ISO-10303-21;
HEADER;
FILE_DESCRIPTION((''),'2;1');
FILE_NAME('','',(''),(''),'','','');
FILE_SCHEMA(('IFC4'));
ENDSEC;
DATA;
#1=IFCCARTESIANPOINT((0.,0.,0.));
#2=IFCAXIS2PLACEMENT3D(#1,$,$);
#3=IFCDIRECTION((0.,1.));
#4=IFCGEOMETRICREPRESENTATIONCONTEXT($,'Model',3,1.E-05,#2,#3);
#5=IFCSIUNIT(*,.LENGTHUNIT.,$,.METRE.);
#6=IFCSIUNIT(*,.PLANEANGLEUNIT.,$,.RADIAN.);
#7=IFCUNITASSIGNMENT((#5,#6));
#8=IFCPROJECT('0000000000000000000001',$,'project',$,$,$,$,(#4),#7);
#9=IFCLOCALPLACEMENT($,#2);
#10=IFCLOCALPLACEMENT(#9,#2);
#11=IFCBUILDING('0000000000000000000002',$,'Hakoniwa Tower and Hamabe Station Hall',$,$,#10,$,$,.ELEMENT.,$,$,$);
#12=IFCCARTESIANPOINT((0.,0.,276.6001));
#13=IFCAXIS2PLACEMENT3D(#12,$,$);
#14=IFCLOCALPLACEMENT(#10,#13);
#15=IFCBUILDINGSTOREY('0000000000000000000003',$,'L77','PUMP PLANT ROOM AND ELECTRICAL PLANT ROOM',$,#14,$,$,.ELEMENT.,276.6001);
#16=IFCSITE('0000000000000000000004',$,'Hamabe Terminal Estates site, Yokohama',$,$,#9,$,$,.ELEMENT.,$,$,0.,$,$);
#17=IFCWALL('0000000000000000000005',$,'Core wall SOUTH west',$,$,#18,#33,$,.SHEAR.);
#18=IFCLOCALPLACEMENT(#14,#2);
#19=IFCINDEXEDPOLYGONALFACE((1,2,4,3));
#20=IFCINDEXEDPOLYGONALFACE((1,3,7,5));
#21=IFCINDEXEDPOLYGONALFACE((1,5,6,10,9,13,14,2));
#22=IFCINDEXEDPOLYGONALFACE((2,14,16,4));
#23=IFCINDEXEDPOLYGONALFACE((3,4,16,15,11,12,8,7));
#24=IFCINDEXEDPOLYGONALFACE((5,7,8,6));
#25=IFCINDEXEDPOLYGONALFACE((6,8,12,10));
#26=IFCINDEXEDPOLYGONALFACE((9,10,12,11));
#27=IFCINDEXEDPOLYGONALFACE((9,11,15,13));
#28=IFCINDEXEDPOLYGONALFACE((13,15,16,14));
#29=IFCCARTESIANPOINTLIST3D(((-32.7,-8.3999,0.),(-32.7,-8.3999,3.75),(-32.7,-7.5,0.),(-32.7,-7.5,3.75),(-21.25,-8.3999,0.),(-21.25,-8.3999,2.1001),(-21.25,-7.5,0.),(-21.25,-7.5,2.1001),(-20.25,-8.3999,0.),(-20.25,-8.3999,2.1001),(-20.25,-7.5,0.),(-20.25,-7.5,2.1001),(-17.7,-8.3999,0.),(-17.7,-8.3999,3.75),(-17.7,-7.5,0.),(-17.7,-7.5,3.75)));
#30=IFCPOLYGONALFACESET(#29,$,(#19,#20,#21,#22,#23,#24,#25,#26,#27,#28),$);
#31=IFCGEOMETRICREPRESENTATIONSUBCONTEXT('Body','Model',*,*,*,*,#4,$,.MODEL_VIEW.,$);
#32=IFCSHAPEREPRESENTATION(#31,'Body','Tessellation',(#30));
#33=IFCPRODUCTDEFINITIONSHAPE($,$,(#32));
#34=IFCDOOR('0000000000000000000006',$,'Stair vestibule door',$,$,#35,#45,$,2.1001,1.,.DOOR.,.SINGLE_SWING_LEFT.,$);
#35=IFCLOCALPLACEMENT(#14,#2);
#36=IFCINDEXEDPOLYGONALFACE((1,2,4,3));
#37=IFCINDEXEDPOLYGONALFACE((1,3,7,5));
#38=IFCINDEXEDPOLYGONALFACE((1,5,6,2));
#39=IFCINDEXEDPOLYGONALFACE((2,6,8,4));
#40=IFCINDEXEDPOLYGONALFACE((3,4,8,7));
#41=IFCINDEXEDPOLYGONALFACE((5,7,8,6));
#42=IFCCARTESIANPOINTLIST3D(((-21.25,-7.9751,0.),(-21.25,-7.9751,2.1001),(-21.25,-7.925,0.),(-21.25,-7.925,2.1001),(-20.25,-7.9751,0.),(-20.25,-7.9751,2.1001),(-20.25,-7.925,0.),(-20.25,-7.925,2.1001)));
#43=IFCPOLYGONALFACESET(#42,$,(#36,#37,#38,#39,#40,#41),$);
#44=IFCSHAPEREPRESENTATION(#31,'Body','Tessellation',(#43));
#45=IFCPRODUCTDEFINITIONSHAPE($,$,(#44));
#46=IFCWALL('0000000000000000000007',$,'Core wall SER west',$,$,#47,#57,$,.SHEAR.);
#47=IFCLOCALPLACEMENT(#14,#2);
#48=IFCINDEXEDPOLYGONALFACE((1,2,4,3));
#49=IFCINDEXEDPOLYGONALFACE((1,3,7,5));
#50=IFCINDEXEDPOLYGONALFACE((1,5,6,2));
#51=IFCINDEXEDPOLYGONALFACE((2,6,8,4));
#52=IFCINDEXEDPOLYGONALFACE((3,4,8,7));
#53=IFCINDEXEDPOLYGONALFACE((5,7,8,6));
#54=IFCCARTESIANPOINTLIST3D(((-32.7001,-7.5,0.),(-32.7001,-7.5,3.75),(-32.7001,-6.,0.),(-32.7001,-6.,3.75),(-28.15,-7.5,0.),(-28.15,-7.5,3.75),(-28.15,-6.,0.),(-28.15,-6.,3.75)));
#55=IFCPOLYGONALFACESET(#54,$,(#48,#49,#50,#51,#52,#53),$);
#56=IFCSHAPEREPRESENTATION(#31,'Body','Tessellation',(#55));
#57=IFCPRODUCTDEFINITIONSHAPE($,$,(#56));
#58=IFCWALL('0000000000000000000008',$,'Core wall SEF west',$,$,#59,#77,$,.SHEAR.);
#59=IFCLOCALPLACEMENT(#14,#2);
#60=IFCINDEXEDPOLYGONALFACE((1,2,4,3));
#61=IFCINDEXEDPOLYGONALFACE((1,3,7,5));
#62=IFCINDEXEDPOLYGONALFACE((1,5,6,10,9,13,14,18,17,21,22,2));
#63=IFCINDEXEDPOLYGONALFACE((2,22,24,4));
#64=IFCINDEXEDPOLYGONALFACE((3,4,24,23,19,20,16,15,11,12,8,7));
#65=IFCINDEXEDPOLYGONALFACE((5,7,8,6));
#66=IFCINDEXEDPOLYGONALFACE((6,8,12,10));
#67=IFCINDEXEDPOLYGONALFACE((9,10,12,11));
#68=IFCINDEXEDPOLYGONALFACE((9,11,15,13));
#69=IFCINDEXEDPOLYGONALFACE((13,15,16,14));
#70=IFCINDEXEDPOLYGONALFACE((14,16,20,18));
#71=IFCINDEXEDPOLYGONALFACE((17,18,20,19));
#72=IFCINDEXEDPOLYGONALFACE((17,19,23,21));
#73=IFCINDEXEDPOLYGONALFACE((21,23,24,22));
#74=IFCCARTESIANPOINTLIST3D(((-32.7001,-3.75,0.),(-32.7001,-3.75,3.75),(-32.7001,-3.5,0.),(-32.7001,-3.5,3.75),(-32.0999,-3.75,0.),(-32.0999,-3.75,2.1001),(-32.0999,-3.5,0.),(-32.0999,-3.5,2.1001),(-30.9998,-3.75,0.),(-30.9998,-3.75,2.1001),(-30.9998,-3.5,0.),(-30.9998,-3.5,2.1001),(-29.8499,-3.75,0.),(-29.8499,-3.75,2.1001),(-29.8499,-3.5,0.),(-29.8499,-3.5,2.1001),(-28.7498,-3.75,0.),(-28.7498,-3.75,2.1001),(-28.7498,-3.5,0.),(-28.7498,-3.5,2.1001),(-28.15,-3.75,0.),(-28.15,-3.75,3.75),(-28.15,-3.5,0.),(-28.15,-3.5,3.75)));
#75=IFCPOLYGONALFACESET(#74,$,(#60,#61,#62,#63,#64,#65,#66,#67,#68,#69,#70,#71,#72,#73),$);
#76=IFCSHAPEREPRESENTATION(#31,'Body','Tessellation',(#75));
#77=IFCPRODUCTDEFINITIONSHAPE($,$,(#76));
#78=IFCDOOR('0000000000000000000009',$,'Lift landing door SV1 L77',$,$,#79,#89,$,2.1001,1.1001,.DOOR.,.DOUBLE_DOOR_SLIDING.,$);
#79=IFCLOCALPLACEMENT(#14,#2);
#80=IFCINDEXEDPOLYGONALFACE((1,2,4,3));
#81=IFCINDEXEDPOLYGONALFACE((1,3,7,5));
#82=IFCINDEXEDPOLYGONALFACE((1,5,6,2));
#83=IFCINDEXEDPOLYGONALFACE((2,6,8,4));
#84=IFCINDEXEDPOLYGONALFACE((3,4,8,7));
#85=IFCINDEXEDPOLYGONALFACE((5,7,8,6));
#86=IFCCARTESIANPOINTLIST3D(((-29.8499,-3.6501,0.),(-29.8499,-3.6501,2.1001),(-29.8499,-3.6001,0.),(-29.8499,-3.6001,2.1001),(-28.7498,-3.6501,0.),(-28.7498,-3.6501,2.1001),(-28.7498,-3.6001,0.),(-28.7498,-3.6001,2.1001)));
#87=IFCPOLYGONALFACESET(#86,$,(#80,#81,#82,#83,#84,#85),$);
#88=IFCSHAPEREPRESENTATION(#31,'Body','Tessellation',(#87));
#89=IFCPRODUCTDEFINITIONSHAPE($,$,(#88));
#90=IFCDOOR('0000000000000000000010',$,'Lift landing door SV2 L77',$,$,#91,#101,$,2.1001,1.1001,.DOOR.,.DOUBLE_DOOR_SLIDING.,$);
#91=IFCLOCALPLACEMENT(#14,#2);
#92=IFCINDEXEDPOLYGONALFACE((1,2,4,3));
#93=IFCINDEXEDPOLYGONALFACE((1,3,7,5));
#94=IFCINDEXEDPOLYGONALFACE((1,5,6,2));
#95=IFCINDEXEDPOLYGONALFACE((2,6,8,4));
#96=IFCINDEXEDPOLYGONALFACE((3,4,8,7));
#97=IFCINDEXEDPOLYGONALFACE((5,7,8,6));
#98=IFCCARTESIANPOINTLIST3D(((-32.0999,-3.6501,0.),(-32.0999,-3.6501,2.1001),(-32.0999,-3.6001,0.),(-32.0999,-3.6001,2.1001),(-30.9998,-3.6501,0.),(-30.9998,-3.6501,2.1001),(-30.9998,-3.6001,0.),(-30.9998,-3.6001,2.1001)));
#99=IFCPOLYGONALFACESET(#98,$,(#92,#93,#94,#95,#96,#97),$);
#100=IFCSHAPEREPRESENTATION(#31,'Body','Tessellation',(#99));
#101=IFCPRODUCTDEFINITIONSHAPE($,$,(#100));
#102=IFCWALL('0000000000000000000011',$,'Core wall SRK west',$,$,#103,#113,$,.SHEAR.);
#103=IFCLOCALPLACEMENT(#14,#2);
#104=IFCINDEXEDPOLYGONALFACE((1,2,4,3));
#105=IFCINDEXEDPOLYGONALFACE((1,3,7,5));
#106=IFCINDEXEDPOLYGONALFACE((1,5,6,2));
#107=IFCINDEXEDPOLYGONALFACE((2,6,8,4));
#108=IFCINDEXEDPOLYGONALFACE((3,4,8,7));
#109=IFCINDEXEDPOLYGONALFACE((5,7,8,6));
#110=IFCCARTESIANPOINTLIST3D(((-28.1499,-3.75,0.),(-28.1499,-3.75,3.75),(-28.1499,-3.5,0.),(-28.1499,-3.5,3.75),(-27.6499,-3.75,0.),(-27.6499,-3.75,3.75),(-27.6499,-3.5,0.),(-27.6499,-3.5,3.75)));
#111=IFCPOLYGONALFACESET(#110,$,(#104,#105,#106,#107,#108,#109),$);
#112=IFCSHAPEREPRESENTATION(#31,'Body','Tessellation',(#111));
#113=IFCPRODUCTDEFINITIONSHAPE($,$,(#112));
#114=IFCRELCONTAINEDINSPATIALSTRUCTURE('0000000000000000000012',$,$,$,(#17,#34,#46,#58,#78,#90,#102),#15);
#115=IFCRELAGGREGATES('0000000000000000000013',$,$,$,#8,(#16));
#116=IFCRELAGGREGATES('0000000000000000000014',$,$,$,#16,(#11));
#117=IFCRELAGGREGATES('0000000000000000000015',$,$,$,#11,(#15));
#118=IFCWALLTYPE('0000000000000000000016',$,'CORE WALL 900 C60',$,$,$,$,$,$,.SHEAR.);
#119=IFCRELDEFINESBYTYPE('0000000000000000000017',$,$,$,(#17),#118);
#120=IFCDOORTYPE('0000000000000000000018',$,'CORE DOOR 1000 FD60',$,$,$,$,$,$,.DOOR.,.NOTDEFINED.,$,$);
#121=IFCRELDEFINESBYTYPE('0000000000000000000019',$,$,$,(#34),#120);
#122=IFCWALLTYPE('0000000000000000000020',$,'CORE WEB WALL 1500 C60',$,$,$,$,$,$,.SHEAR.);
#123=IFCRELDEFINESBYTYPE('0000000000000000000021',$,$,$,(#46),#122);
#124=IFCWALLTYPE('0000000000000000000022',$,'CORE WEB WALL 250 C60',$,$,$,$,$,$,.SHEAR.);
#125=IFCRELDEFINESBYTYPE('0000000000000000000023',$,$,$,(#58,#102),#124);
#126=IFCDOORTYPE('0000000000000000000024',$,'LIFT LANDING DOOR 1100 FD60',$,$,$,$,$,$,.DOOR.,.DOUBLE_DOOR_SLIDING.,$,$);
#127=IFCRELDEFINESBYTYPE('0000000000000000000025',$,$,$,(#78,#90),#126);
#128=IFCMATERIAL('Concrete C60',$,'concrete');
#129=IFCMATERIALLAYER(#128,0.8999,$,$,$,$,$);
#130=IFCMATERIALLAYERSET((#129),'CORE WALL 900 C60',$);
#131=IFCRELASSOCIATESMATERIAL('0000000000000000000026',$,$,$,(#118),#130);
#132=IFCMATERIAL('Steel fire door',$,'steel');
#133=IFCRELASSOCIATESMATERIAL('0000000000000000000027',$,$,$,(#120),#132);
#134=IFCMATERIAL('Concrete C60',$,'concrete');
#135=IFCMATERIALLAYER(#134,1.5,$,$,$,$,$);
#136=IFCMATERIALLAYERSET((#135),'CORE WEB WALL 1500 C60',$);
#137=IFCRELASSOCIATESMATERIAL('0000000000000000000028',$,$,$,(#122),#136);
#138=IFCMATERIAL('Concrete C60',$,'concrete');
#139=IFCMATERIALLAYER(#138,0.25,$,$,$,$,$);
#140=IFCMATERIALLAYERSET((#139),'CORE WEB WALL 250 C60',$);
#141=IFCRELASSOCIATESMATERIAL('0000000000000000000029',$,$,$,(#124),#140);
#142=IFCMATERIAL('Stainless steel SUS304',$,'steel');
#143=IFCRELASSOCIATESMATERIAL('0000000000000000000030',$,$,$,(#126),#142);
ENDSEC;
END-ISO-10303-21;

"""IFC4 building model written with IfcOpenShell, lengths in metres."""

from ifc_helpers import new_model, si_unit, direction, frame, frame_2d, origin, place, context, subcontext, project, spatial, rectangle, extrude, material, layer, layer_set, type_object, element, fill, save


model = new_model("IFC4")

# Units and contexts
model_context = context("Model", 3, precision=1e-05, world=origin(), true_north=direction((0.0, 1.0)))
body_context = subcontext(model_context, "Body", "Model", "MODEL_VIEW")
ifc_project = project(units=[si_unit("LENGTHUNIT", "METRE"), si_unit("PLANEANGLEUNIT", "RADIAN")], contexts=[model_context])

# Site, building, storey
site_placement = place(None, origin())
site = spatial("IfcSite", under=ifc_project, at=site_placement, Name="Hamabe Terminal Estates site, Yokohama", CompositionType="ELEMENT", RefElevation=0.0)
building_placement = place(site_placement, origin())
building = spatial("IfcBuilding", under=site, at=building_placement, Name="Hakoniwa Tower and Hamabe Station Hall", CompositionType="ELEMENT")
storey_placement = place(building_placement, frame((0.0, 0.0, 276.6001)))
storey = spatial("IfcBuildingStorey", under=building, at=storey_placement, Name="L77", Description="PUMP PLANT ROOM AND ELECTRICAL PLANT ROOM", CompositionType="ELEMENT", Elevation=276.6001)

# Shared definitions
ifc_material_1 = material(Name="Concrete C60", Category="concrete")
ifc_layer_1 = layer(ifc_material_1, 0.8999)
ifc_layer_set_1 = layer_set([ifc_layer_1], Name="CORE WALL 900 C60")
wall_type_1 = type_object("IfcWallType", Name="CORE WALL 900 C60", PredefinedType="SHEAR", material=ifc_layer_set_1)

# Wall, opening, door
wall_1_placement = place(storey_placement, frame((-32.7, -7.95, 0.0), z_axis=(0.0, 0.0, 1.0), x_axis=(1.0, 0.0, 0.0)))
wall_1 = element("IfcWall", 1, at=wall_1_placement, inside=storey, type_object=wall_type_1, Name="Core wall SOUTH west", PredefinedType="SHEAR", context=body_context, shape_type="SweptSolid", body=[
    extrude(rectangle(XDim=15.0, YDim=0.8999, at=frame_2d((7.5, 0.0))), origin(), (0.0, 0.0, 1.0), 3.75),
])
opening_1_placement = place(wall_1_placement, frame((11.45, 0.0, 0.0)))
opening_1 = element("IfcOpeningElement", 2, at=opening_1_placement, cuts=wall_1, PredefinedType="OPENING", context=body_context, shape_type="SweptSolid", body=[
    extrude(rectangle(XDim=1.0, YDim=2.1001, at=frame_2d((0.5, 1.05))), frame((0.0, 0.46, 0.0), z_axis=(0.0, -1.0, 0.0), x_axis=(1.0, 0.0, 0.0)), (0.0, 0.0, 1.0), 0.9199),
])
ifc_material_2 = material(Name="Steel fire door", Category="steel")
door_type_1 = type_object("IfcDoorType", Name="CORE DOOR 1000 FD60", OperationType="NOTDEFINED", PredefinedType="DOOR", material=ifc_material_2)
door_1_placement = place(opening_1_placement, origin())
door_1 = element("IfcDoor", 3, at=door_1_placement, inside=storey, type_object=door_type_1, Name="Stair vestibule door", OperationType="SINGLE_SWING_LEFT", OverallHeight=2.1001, OverallWidth=1.0, PredefinedType="DOOR", context=body_context, shape_type="SweptSolid", body=[
    extrude(rectangle(XDim=1.0, YDim=2.1001, at=frame_2d((0.5, 1.05))), frame((0.0, 0.0249, 0.0), z_axis=(0.0, -1.0, 0.0), x_axis=(1.0, 0.0, 0.0)), (0.0, 0.0, 1.0), 0.05),
])
fill(opening_1, door_1)

# Wall
ifc_material_3 = material(Name="Concrete C60", Category="concrete")
ifc_layer_2 = layer(ifc_material_3, 1.5)
ifc_layer_set_2 = layer_set([ifc_layer_2], Name="CORE WEB WALL 1500 C60")
wall_type_2 = type_object("IfcWallType", Name="CORE WEB WALL 1500 C60", PredefinedType="SHEAR", material=ifc_layer_set_2)
wall_2_placement = place(storey_placement, frame((-32.7, -6.75, 0.0), z_axis=(0.0, 0.0, 1.0), x_axis=(1.0, 0.0, 0.0)))
element("IfcWall", 4, at=wall_2_placement, inside=storey, type_object=wall_type_2, Name="Core wall SER west", PredefinedType="SHEAR", context=body_context, shape_type="SweptSolid", body=[
    extrude(rectangle(XDim=4.55, YDim=1.5, at=frame_2d((2.2749, 0.0))), origin(), (0.0, 0.0, 1.0), 3.75),
])

# Wall, openings, doors
ifc_material_4 = material(Name="Concrete C60", Category="concrete")
ifc_layer_3 = layer(ifc_material_4, 0.25)
ifc_layer_set_3 = layer_set([ifc_layer_3], Name="CORE WEB WALL 250 C60")
wall_type_3 = type_object("IfcWallType", Name="CORE WEB WALL 250 C60", PredefinedType="SHEAR", material=ifc_layer_set_3)
wall_3_placement = place(storey_placement, frame((-32.7, -3.625, 0.0), z_axis=(0.0, 0.0, 1.0), x_axis=(1.0, 0.0, 0.0)))
wall_3 = element("IfcWall", 5, at=wall_3_placement, inside=storey, type_object=wall_type_3, Name="Core wall SEF west", PredefinedType="SHEAR", context=body_context, shape_type="SweptSolid", body=[
    extrude(rectangle(XDim=4.55, YDim=0.25, at=frame_2d((2.2749, 0.0))), origin(), (0.0, 0.0, 1.0), 3.75),
])
opening_2_placement = place(wall_3_placement, frame((2.8501, 0.0, 0.0)))
opening_2 = element("IfcOpeningElement", 6, at=opening_2_placement, cuts=wall_3, PredefinedType="OPENING", context=body_context, shape_type="SweptSolid", body=[
    extrude(rectangle(XDim=1.1001, YDim=2.1001, at=frame_2d((0.55, 1.05))), frame((0.0, 0.135, 0.0), z_axis=(0.0, -1.0, 0.0), x_axis=(1.0, 0.0, 0.0)), (0.0, 0.0, 1.0), 0.27),
])
opening_3_placement = place(wall_3_placement, frame((0.6001, 0.0, 0.0)))
opening_3 = element("IfcOpeningElement", 7, at=opening_3_placement, cuts=wall_3, PredefinedType="OPENING", context=body_context, shape_type="SweptSolid", body=[
    extrude(rectangle(XDim=1.1001, YDim=2.1001, at=frame_2d((0.55, 1.05))), frame((0.0, 0.135, 0.0), z_axis=(0.0, -1.0, 0.0), x_axis=(1.0, 0.0, 0.0)), (0.0, 0.0, 1.0), 0.27),
])
ifc_material_5 = material(Name="Stainless steel SUS304", Category="steel")
door_type_2 = type_object("IfcDoorType", Name="LIFT LANDING DOOR 1100 FD60", OperationType="DOUBLE_DOOR_SLIDING", PredefinedType="DOOR", material=ifc_material_5)
door_2_placement = place(opening_2_placement, origin())
door_2 = element("IfcDoor", 8, at=door_2_placement, inside=storey, type_object=door_type_2, Name="Lift landing door SV1 L77", OperationType="DOUBLE_DOOR_SLIDING", OverallHeight=2.1001, OverallWidth=1.1001, PredefinedType="DOOR", context=body_context, shape_type="SweptSolid", body=[
    extrude(rectangle(XDim=1.1001, YDim=2.1001, at=frame_2d((0.55, 1.05))), frame((0.0, 0.0249, 0.0), z_axis=(0.0, -1.0, 0.0), x_axis=(1.0, 0.0, 0.0)), (0.0, 0.0, 1.0), 0.05),
])
fill(opening_2, door_2)
door_3_placement = place(opening_3_placement, origin())
door_3 = element("IfcDoor", 9, at=door_3_placement, inside=storey, type_object=door_type_2, Name="Lift landing door SV2 L77", OperationType="DOUBLE_DOOR_SLIDING", OverallHeight=2.1001, OverallWidth=1.1001, PredefinedType="DOOR", context=body_context, shape_type="SweptSolid", body=[
    extrude(rectangle(XDim=1.1001, YDim=2.1001, at=frame_2d((0.55, 1.05))), frame((0.0, 0.0249, 0.0), z_axis=(0.0, -1.0, 0.0), x_axis=(1.0, 0.0, 0.0)), (0.0, 0.0, 1.0), 0.05),
])
fill(opening_3, door_3)

# Wall
wall_4_placement = place(storey_placement, frame((-28.1499, -3.625, 0.0), z_axis=(0.0, 0.0, 1.0), x_axis=(1.0, 0.0, 0.0)))
element("IfcWall", 10, at=wall_4_placement, inside=storey, type_object=wall_type_3, Name="Core wall SRK west", PredefinedType="SHEAR", context=body_context, shape_type="SweptSolid", body=[
    extrude(rectangle(XDim=0.5, YDim=0.25, at=frame_2d((0.25, 0.0))), origin(), (0.0, 0.0, 1.0), 3.75),
])

save(model, "model.ifc")
